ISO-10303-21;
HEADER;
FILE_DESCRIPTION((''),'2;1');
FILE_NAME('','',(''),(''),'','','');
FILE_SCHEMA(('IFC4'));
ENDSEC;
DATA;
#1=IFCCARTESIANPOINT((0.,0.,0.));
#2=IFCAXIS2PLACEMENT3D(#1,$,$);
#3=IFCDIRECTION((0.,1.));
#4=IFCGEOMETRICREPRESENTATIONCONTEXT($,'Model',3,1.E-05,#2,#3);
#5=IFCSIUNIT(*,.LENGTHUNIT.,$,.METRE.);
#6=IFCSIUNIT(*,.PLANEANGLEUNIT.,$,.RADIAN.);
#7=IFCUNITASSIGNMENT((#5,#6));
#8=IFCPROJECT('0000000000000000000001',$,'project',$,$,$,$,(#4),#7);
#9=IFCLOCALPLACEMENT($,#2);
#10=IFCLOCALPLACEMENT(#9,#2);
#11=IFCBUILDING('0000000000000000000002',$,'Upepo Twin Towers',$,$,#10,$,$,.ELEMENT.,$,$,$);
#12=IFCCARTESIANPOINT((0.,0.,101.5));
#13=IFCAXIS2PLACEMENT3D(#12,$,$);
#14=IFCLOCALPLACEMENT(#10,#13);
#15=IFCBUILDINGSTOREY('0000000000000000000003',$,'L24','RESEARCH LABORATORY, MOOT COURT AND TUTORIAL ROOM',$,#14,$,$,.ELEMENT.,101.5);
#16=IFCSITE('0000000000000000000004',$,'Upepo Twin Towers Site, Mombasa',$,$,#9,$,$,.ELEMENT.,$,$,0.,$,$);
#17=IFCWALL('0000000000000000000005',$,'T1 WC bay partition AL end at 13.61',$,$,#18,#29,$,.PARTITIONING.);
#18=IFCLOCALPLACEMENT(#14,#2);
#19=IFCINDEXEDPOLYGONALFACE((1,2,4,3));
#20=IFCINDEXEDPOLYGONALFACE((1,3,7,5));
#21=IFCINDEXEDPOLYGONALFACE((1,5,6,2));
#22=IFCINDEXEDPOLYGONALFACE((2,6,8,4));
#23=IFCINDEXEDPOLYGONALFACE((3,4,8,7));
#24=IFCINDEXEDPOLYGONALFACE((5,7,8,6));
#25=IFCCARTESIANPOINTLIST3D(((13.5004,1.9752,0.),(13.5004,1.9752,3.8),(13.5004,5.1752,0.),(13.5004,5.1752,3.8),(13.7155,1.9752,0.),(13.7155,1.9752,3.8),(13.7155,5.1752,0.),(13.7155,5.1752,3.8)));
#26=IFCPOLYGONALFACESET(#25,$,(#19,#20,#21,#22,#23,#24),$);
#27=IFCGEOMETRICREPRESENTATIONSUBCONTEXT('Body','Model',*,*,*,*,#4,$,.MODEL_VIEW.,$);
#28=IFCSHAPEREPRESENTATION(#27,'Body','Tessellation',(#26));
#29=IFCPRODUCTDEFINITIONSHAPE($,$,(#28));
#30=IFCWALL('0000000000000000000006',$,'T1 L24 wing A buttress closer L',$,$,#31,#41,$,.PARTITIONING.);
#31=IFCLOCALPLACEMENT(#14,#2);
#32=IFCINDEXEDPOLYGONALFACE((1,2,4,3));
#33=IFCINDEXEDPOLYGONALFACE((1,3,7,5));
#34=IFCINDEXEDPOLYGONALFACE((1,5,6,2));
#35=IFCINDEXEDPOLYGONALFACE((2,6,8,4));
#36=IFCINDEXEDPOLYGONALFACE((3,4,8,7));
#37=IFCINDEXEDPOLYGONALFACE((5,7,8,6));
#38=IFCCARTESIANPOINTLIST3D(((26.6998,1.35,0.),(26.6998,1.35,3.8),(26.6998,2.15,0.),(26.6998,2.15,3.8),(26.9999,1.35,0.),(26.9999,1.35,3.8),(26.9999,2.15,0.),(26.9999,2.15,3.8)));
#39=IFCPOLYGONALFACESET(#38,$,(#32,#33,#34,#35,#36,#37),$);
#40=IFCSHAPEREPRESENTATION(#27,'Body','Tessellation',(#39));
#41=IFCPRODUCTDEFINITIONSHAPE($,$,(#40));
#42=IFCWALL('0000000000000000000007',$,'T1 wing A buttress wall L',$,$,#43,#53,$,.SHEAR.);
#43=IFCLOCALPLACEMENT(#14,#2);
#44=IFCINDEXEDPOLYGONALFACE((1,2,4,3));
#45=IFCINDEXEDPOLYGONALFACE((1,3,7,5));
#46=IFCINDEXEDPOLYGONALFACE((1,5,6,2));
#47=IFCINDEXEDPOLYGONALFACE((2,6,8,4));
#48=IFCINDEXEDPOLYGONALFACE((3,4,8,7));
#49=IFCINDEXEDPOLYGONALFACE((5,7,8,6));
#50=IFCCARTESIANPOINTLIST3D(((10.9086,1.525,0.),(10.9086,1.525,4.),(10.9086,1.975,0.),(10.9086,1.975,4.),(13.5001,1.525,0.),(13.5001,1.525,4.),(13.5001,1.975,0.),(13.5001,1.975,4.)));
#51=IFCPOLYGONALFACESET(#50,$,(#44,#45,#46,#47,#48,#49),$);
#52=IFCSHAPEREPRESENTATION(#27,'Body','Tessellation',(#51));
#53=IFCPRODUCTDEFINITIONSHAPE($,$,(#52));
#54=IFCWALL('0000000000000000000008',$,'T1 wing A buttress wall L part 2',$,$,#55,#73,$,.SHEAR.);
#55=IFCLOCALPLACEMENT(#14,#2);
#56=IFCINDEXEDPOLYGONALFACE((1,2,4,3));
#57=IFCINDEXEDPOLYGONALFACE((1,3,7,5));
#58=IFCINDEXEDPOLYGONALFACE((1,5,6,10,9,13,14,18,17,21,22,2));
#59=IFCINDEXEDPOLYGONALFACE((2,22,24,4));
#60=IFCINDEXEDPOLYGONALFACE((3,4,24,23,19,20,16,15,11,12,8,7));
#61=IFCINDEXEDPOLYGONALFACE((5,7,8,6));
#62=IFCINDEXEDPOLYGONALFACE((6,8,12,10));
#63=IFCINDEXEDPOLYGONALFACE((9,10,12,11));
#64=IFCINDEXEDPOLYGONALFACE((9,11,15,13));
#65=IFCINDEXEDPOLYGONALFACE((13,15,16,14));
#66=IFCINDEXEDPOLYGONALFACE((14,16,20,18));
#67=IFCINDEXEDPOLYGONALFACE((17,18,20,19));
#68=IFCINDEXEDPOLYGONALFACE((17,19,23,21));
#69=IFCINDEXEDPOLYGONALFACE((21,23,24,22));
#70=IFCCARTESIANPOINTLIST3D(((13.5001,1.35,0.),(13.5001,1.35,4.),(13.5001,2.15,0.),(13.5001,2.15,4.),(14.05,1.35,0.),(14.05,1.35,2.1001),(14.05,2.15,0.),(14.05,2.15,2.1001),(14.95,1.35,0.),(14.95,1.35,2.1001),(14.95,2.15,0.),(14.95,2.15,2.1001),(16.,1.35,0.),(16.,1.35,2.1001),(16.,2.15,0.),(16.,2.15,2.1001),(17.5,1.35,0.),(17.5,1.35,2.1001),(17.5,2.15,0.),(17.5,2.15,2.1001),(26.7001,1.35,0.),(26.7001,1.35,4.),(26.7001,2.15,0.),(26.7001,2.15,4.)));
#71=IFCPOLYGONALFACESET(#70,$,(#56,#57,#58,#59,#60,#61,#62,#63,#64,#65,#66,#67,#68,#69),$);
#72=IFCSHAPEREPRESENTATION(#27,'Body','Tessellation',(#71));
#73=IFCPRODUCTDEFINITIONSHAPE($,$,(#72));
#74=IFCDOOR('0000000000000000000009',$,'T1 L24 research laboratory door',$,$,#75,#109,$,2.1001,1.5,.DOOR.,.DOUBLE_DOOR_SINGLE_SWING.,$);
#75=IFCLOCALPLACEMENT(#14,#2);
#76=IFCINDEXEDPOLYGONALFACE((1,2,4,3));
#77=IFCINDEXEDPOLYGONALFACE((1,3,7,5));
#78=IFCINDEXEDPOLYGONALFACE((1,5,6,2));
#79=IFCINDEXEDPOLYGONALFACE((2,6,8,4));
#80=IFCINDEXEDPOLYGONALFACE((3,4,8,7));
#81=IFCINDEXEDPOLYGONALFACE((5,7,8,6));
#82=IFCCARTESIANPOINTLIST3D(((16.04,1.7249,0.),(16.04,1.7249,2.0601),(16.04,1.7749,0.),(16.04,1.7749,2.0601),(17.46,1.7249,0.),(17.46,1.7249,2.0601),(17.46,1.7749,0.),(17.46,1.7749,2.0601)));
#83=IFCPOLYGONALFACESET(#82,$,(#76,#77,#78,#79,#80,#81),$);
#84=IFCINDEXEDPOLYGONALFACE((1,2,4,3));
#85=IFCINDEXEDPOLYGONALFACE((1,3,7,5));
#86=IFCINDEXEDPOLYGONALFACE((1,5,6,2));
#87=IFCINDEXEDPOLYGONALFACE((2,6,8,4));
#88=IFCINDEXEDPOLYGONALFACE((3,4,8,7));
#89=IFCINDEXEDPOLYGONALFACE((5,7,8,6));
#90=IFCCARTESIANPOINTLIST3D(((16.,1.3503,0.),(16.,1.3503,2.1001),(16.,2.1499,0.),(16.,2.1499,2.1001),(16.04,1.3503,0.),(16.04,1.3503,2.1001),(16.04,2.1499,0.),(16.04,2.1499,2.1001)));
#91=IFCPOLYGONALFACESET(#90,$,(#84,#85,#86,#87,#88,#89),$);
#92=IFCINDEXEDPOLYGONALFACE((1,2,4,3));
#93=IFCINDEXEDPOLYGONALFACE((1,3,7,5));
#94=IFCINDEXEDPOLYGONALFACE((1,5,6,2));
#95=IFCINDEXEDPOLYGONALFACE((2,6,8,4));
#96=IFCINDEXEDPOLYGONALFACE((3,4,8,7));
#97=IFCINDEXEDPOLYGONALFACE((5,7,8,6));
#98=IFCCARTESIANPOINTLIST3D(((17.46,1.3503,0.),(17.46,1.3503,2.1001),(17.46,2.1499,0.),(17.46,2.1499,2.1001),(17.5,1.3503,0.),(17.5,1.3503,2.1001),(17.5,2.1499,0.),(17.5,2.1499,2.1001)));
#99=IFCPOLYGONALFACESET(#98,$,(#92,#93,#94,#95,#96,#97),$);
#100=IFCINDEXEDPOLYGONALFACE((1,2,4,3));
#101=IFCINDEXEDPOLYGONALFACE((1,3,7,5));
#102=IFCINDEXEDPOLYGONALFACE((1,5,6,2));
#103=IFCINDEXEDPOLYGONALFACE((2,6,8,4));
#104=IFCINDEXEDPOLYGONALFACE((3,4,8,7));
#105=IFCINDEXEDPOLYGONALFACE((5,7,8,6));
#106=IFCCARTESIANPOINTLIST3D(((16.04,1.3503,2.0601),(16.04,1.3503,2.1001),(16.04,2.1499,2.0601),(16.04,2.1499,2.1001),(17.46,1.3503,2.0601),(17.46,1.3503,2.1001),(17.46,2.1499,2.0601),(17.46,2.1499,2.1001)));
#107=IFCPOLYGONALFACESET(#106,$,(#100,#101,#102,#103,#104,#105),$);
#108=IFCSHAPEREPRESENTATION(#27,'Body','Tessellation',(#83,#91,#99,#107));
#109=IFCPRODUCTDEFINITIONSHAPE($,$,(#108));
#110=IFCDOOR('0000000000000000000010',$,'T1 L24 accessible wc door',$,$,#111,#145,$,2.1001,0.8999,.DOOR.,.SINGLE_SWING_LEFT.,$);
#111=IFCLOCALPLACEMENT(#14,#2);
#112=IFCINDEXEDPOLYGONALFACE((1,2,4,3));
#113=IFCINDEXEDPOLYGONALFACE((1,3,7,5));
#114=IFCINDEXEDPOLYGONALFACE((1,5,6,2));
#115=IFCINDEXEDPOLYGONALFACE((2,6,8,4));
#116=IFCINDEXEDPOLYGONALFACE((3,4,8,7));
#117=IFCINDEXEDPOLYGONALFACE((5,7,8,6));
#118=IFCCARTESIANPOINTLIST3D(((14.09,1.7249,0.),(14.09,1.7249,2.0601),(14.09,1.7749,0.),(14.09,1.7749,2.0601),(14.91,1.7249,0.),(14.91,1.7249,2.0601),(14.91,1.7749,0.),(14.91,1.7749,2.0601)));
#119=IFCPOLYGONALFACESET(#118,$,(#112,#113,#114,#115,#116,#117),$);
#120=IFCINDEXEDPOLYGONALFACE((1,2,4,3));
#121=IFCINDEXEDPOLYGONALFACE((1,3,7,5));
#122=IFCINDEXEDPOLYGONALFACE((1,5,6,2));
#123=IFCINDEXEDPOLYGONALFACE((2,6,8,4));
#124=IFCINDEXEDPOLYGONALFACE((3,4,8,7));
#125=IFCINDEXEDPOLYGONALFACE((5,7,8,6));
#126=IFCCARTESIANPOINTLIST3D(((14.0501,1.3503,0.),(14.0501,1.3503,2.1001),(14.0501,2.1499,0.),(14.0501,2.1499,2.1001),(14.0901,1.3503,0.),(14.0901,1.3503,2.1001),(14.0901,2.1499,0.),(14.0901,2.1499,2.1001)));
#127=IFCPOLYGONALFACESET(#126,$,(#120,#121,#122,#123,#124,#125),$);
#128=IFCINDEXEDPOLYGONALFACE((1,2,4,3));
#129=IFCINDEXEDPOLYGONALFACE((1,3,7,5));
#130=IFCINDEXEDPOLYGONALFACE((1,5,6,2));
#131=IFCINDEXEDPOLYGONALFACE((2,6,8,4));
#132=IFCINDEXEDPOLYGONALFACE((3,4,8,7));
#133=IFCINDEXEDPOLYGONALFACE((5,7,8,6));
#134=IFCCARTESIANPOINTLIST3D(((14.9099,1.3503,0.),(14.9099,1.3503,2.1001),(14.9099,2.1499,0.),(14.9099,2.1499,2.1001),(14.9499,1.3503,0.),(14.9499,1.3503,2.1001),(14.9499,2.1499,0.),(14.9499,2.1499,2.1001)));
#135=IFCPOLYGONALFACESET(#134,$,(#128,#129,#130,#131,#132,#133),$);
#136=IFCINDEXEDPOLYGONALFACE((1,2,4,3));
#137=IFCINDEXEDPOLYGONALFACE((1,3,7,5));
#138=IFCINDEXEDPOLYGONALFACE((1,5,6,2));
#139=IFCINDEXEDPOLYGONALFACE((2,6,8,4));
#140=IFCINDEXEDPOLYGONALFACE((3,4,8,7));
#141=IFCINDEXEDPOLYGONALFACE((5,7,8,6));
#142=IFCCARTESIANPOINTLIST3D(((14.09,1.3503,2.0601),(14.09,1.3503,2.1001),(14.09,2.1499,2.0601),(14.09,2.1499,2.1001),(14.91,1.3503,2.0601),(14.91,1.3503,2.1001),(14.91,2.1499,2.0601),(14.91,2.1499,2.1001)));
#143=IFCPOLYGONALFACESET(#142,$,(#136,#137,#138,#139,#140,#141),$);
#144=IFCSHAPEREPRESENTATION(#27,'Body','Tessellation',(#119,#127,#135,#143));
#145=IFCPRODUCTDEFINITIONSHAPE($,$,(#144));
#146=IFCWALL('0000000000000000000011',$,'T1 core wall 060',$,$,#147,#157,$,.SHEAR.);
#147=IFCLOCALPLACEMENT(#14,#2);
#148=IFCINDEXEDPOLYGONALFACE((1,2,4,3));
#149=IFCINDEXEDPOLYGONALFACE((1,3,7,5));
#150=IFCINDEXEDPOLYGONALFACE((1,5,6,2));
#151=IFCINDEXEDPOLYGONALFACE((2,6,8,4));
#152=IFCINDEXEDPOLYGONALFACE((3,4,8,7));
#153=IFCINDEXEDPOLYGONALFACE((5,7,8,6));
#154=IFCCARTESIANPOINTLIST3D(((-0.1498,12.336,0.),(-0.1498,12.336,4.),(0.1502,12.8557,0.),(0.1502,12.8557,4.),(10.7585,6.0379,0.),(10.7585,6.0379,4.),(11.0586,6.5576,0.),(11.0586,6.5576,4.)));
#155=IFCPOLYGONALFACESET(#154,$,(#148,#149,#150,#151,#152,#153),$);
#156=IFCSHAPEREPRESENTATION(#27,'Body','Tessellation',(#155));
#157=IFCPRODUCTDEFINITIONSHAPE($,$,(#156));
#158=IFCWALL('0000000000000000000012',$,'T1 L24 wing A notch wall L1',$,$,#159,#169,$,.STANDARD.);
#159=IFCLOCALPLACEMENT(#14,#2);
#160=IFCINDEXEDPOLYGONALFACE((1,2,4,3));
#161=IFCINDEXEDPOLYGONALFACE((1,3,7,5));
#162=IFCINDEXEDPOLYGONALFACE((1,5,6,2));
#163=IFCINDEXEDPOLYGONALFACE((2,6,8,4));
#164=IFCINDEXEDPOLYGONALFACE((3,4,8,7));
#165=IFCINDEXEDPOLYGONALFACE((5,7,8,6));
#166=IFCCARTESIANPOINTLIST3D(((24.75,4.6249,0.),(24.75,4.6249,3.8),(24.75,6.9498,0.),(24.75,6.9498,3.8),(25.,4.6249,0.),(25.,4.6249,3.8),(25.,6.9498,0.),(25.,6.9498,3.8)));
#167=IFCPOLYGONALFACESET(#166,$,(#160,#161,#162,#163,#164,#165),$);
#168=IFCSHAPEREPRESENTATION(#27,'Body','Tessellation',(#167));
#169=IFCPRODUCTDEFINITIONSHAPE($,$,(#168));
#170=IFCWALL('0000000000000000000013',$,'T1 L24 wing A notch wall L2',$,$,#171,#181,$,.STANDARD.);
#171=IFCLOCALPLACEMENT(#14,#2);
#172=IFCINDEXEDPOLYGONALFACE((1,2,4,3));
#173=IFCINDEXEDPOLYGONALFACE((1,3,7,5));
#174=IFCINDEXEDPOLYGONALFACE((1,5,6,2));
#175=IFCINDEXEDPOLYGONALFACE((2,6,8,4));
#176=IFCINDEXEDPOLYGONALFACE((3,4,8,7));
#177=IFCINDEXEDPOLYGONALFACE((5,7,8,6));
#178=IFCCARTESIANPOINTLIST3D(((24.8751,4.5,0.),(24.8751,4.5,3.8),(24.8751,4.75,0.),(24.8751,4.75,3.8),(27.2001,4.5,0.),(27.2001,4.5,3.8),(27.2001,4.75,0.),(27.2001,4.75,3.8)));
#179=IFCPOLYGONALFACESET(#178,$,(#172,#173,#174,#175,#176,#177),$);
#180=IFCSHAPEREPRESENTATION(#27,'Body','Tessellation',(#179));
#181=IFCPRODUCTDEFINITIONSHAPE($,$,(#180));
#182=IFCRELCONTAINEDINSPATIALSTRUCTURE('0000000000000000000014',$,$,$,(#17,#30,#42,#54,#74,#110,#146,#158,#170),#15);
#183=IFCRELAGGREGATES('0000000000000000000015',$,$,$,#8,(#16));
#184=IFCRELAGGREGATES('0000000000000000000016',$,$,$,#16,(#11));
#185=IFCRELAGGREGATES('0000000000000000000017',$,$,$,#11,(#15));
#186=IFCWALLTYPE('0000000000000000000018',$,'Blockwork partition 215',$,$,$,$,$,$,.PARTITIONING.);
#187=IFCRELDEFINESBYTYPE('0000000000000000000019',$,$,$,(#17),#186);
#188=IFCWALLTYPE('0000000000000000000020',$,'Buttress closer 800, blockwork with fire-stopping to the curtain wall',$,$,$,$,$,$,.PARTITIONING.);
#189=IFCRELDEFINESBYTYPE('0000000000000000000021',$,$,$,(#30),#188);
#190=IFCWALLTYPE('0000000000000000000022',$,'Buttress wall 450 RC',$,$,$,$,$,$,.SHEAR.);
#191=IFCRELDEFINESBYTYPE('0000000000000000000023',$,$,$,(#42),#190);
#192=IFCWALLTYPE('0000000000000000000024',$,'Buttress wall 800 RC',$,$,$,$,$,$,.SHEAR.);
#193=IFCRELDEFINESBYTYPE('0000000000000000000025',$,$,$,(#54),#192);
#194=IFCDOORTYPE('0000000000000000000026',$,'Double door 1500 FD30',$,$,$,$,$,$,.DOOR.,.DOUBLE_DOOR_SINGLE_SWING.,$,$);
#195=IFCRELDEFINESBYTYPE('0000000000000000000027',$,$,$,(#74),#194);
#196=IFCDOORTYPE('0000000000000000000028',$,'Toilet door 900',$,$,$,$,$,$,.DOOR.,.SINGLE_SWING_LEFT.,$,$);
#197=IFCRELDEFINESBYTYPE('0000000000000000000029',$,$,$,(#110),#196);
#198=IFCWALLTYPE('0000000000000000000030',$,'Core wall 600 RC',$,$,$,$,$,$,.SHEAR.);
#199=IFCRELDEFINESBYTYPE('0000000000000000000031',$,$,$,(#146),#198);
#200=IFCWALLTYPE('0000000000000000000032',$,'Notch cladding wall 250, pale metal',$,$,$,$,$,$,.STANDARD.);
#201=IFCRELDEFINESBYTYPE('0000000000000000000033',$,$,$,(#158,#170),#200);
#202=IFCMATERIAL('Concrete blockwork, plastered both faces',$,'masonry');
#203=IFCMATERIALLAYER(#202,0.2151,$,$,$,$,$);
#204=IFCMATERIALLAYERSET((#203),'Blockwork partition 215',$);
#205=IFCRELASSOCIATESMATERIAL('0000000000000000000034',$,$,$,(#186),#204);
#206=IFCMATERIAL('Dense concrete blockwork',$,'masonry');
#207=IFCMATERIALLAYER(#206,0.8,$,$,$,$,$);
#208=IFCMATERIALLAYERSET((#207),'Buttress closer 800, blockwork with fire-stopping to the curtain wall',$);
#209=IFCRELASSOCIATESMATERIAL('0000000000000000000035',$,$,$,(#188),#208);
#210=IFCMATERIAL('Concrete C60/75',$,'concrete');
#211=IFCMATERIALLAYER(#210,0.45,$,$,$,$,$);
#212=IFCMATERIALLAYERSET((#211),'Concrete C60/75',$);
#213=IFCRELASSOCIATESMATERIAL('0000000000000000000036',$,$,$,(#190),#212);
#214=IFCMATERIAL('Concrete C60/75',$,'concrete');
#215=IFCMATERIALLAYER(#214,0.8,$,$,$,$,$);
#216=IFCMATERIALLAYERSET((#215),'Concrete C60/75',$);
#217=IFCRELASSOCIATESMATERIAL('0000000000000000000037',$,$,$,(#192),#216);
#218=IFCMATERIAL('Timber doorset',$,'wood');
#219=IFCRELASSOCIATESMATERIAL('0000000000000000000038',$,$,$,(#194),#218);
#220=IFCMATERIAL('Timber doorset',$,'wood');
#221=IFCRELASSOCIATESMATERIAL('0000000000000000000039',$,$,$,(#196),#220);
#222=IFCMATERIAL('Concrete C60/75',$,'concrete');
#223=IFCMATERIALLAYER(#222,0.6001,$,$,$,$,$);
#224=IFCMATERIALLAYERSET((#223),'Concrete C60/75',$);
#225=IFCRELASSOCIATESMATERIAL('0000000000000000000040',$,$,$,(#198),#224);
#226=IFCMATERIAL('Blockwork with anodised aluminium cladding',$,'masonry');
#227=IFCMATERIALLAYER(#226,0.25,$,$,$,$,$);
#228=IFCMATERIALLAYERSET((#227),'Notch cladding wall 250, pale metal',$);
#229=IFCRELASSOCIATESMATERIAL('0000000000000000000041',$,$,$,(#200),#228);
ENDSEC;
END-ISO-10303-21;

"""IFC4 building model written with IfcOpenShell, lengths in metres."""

from ifc_helpers import new_model, si_unit, direction, frame, frame_2d, origin, place, context, subcontext, project, spatial, rectangle, extrude, material, layer, layer_set, type_object, element, fill, save


model = new_model("IFC4")

# Units and contexts
model_context = context("Model", 3, precision=1e-05, world=origin(), true_north=direction((0.0, 1.0)))
body_context = subcontext(model_context, "Body", "Model", "MODEL_VIEW")
ifc_project = project(units=[si_unit("LENGTHUNIT", "METRE"), si_unit("PLANEANGLEUNIT", "RADIAN")], contexts=[model_context])

# Site, building, storey
site_placement = place(None, origin())
site = spatial("IfcSite", under=ifc_project, at=site_placement, Name="Upepo Twin Towers Site, Mombasa", CompositionType="ELEMENT", RefElevation=0.0)
building_placement = place(site_placement, origin())
building = spatial("IfcBuilding", under=site, at=building_placement, Name="Upepo Twin Towers", CompositionType="ELEMENT")
storey_placement = place(building_placement, frame((0.0, 0.0, 101.5)))
storey = spatial("IfcBuildingStorey", under=building, at=storey_placement, Name="L24", Description="RESEARCH LABORATORY, MOOT COURT AND TUTORIAL ROOM", CompositionType="ELEMENT", Elevation=101.5)

# Shared definitions
ifc_material_1 = material(Name="Concrete blockwork, plastered both faces", Category="masonry")
ifc_layer_1 = layer(ifc_material_1, 0.2151)
ifc_layer_set_1 = layer_set([ifc_layer_1], Name="Blockwork partition 215")
wall_type_1 = type_object("IfcWallType", Name="Blockwork partition 215", PredefinedType="PARTITIONING", material=ifc_layer_set_1)

# Walls
wall_1_placement = place(storey_placement, frame((13.6079, 1.9751, 0.0), z_axis=(0.0, 0.0, 1.0), x_axis=(0.0, 1.0, 0.0)))
element("IfcWall", 1, at=wall_1_placement, inside=storey, type_object=wall_type_1, Name="T1 WC bay partition AL end at 13.61", PredefinedType="PARTITIONING", context=body_context, shape_type="SweptSolid", body=[
    extrude(rectangle(XDim=3.2, YDim=0.2151, at=frame_2d((1.6001, 0.0))), origin(), (0.0, 0.0, 1.0), 3.8),
])
ifc_material_2 = material(Name="Dense concrete blockwork", Category="masonry")
ifc_layer_2 = layer(ifc_material_2, 0.8)
ifc_layer_set_2 = layer_set([ifc_layer_2], Name="Buttress closer 800, blockwork with fire-stopping to the curtain wall")
wall_type_2 = type_object("IfcWallType", Name="Buttress closer 800, blockwork with fire-stopping to the curtain wall", PredefinedType="PARTITIONING", material=ifc_layer_set_2)
wall_2_placement = place(storey_placement, frame((26.7, 1.75, 0.0), z_axis=(0.0, 0.0, 1.0), x_axis=(1.0, 0.0, 0.0)))
element("IfcWall", 2, at=wall_2_placement, inside=storey, type_object=wall_type_2, Name="T1 L24 wing A buttress closer L", PredefinedType="PARTITIONING", context=body_context, shape_type="SweptSolid", body=[
    extrude(rectangle(XDim=0.3, YDim=0.8, at=frame_2d((0.1499, 0.0))), origin(), (0.0, 0.0, 1.0), 3.8),
])
ifc_material_3 = material(Name="Concrete C60/75", Category="concrete")
ifc_layer_3 = layer(ifc_material_3, 0.45)
ifc_layer_set_3 = layer_set([ifc_layer_3], Name="Concrete C60/75")
wall_type_3 = type_object("IfcWallType", Name="Buttress wall 450 RC", PredefinedType="SHEAR", material=ifc_layer_set_3)
wall_3_placement = place(storey_placement, frame((10.9084, 1.75, 0.0), z_axis=(0.0, 0.0, 1.0), x_axis=(1.0, 0.0, 0.0)))
element("IfcWall", 3, at=wall_3_placement, inside=storey, type_object=wall_type_3, Name="T1 wing A buttress wall L", PredefinedType="SHEAR", context=body_context, shape_type="SweptSolid", body=[
    extrude(rectangle(XDim=2.5916, YDim=0.45, at=frame_2d((1.2959, 0.0))), origin(), (0.0, 0.0, 1.0), 4.0),
])

# Wall, openings, doors
ifc_material_4 = material(Name="Concrete C60/75", Category="concrete")
ifc_layer_4 = layer(ifc_material_4, 0.8)
ifc_layer_set_4 = layer_set([ifc_layer_4], Name="Concrete C60/75")
wall_type_4 = type_object("IfcWallType", Name="Buttress wall 800 RC", PredefinedType="SHEAR", material=ifc_layer_set_4)
wall_4_placement = place(storey_placement, frame((13.5, 1.75, 0.0), z_axis=(0.0, 0.0, 1.0), x_axis=(1.0, 0.0, 0.0)))
wall_4 = element("IfcWall", 4, at=wall_4_placement, inside=storey, type_object=wall_type_4, Name="T1 wing A buttress wall L part 2", PredefinedType="SHEAR", context=body_context, shape_type="SweptSolid", body=[
    extrude(rectangle(XDim=13.2, YDim=0.8, at=frame_2d((6.6001, 0.0))), origin(), (0.0, 0.0, 1.0), 4.0),
])
opening_1_placement = place(wall_4_placement, frame((0.55, 0.0, 0.0)))
opening_1 = element("IfcOpeningElement", 5, at=opening_1_placement, cuts=wall_4, PredefinedType="OPENING", context=body_context, shape_type="SweptSolid", body=[
    extrude(rectangle(XDim=0.8999, YDim=2.1001, at=frame_2d((0.45, 1.05))), frame((0.0, 0.4099, 0.0), z_axis=(0.0, -1.0, 0.0), x_axis=(1.0, 0.0, 0.0)), (0.0, 0.0, 1.0), 0.8201),
])
opening_2_placement = place(wall_4_placement, frame((2.5, 0.0, 0.0)))
opening_2 = element("IfcOpeningElement", 6, at=opening_2_placement, cuts=wall_4, PredefinedType="OPENING", context=body_context, shape_type="SweptSolid", body=[
    extrude(rectangle(XDim=1.5, YDim=2.1001, at=frame_2d((0.75, 1.05))), frame((0.0, 0.4099, 0.0), z_axis=(0.0, -1.0, 0.0), x_axis=(1.0, 0.0, 0.0)), (0.0, 0.0, 1.0), 0.8201),
])
ifc_material_5 = material(Name="Timber doorset", Category="wood")
door_type_1 = type_object("IfcDoorType", Name="Double door 1500 FD30", OperationType="DOUBLE_DOOR_SINGLE_SWING", PredefinedType="DOOR", material=ifc_material_5)
door_1_placement = place(opening_2_placement, origin())
door_1 = element("IfcDoor", 7, at=door_1_placement, inside=storey, type_object=door_type_1, Name="T1 L24 research laboratory door", OperationType="DOUBLE_DOOR_SINGLE_SWING", OverallHeight=2.1001, OverallWidth=1.5, PredefinedType="DOOR", context=body_context, shape_type="SweptSolid", body=[
    extrude(rectangle(XDim=1.42, YDim=2.0601, at=frame_2d((0.75, 1.03))), frame((0.0, 0.0249, 0.0), z_axis=(0.0, -1.0, 0.0), x_axis=(1.0, 0.0, 0.0)), (0.0, 0.0, 1.0), 0.05),
    extrude(rectangle(XDim=0.04, YDim=2.1001, at=frame_2d((0.02, 1.05))), frame((0.0, 0.3999, 0.0), z_axis=(0.0, -1.0, 0.0), x_axis=(1.0, 0.0, 0.0)), (0.0, 0.0, 1.0), 0.7996),
    extrude(rectangle(XDim=0.04, YDim=2.1001, at=frame_2d((1.48, 1.05))), frame((0.0, 0.3999, 0.0), z_axis=(0.0, -1.0, 0.0), x_axis=(1.0, 0.0, 0.0)), (0.0, 0.0, 1.0), 0.7996),
    extrude(rectangle(XDim=1.42, YDim=0.04, at=frame_2d((0.75, 2.0801))), frame((0.0, 0.3999, 0.0), z_axis=(0.0, -1.0, 0.0), x_axis=(1.0, 0.0, 0.0)), (0.0, 0.0, 1.0), 0.7996),
])
fill(opening_2, door_1)
ifc_material_6 = material(Name="Timber doorset", Category="wood")
door_type_2 = type_object("IfcDoorType", Name="Toilet door 900", OperationType="SINGLE_SWING_LEFT", PredefinedType="DOOR", material=ifc_material_6)
door_2_placement = place(opening_1_placement, origin())
door_2 = element("IfcDoor", 8, at=door_2_placement, inside=storey, type_object=door_type_2, Name="T1 L24 accessible wc door", OperationType="SINGLE_SWING_LEFT", OverallHeight=2.1001, OverallWidth=0.8999, PredefinedType="DOOR", context=body_context, shape_type="SweptSolid", body=[
    extrude(rectangle(XDim=0.8199, YDim=2.0601, at=frame_2d((0.45, 1.03))), frame((0.0, 0.0249, 0.0), z_axis=(0.0, -1.0, 0.0), x_axis=(1.0, 0.0, 0.0)), (0.0, 0.0, 1.0), 0.05),
    extrude(rectangle(XDim=0.04, YDim=2.1001, at=frame_2d((0.02, 1.05))), frame((0.0, 0.3999, 0.0), z_axis=(0.0, -1.0, 0.0), x_axis=(1.0, 0.0, 0.0)), (0.0, 0.0, 1.0), 0.7996),
    extrude(rectangle(XDim=0.04, YDim=2.1001, at=frame_2d((0.8799, 1.05))), frame((0.0, 0.3999, 0.0), z_axis=(0.0, -1.0, 0.0), x_axis=(1.0, 0.0, 0.0)), (0.0, 0.0, 1.0), 0.7996),
    extrude(rectangle(XDim=0.8199, YDim=0.04, at=frame_2d((0.45, 2.0801))), frame((0.0, 0.3999, 0.0), z_axis=(0.0, -1.0, 0.0), x_axis=(1.0, 0.0, 0.0)), (0.0, 0.0, 1.0), 0.7996),
])
fill(opening_1, door_2)

# Walls
ifc_material_7 = material(Name="Concrete C60/75", Category="concrete")
ifc_layer_5 = layer(ifc_material_7, 0.6001)
ifc_layer_set_5 = layer_set([ifc_layer_5], Name="Concrete C60/75")
wall_type_5 = type_object("IfcWallType", Name="Core wall 600 RC", PredefinedType="SHEAR", material=ifc_layer_set_5)
wall_5_placement = place(storey_placement, frame((10.9084, 6.2979, 0.0), z_axis=(0.0, 0.0, 1.0), x_axis=(-0.866022, 0.500006, 0.0)))
element("IfcWall", 9, at=wall_5_placement, inside=storey, type_object=wall_type_5, Name="T1 core wall 060", PredefinedType="SHEAR", context=body_context, shape_type="SweptSolid", body=[
    extrude(rectangle(XDim=12.5959, YDim=0.6001, at=frame_2d((6.2979, 0.0))), origin(), (0.0, 0.0, 1.0), 4.0),
])
ifc_material_8 = material(Name="Blockwork with anodised aluminium cladding", Category="masonry")
ifc_layer_6 = layer(ifc_material_8, 0.25)
ifc_layer_set_6 = layer_set([ifc_layer_6], Name="Notch cladding wall 250, pale metal")
wall_type_6 = type_object("IfcWallType", Name="Notch cladding wall 250, pale metal", PredefinedType="STANDARD", material=ifc_layer_set_6)
for number, where, z_axis, x_axis, name in (
    (10, (24.875, 6.95, 0.0), (0.0, 0.0, 1.0), (0.0, -1.0, 0.0), "T1 L24 wing A notch wall L1"),
    (11, (24.875, 4.625, 0.0), (0.0, 0.0, 1.0), (1.0, 0.0, 0.0), "T1 L24 wing A notch wall L2"),
):
    element("IfcWall", number, at=place(storey_placement, frame(where, z_axis=z_axis, x_axis=x_axis)), inside=storey, type_object=wall_type_6, Name=name, PredefinedType="STANDARD", context=body_context, shape_type="SweptSolid", body=[
        extrude(rectangle(XDim=2.325, YDim=0.25, at=frame_2d((1.1626, 0.0))), origin(), (0.0, 0.0, 1.0), 3.8),
    ])

save(model, "model.ifc")
